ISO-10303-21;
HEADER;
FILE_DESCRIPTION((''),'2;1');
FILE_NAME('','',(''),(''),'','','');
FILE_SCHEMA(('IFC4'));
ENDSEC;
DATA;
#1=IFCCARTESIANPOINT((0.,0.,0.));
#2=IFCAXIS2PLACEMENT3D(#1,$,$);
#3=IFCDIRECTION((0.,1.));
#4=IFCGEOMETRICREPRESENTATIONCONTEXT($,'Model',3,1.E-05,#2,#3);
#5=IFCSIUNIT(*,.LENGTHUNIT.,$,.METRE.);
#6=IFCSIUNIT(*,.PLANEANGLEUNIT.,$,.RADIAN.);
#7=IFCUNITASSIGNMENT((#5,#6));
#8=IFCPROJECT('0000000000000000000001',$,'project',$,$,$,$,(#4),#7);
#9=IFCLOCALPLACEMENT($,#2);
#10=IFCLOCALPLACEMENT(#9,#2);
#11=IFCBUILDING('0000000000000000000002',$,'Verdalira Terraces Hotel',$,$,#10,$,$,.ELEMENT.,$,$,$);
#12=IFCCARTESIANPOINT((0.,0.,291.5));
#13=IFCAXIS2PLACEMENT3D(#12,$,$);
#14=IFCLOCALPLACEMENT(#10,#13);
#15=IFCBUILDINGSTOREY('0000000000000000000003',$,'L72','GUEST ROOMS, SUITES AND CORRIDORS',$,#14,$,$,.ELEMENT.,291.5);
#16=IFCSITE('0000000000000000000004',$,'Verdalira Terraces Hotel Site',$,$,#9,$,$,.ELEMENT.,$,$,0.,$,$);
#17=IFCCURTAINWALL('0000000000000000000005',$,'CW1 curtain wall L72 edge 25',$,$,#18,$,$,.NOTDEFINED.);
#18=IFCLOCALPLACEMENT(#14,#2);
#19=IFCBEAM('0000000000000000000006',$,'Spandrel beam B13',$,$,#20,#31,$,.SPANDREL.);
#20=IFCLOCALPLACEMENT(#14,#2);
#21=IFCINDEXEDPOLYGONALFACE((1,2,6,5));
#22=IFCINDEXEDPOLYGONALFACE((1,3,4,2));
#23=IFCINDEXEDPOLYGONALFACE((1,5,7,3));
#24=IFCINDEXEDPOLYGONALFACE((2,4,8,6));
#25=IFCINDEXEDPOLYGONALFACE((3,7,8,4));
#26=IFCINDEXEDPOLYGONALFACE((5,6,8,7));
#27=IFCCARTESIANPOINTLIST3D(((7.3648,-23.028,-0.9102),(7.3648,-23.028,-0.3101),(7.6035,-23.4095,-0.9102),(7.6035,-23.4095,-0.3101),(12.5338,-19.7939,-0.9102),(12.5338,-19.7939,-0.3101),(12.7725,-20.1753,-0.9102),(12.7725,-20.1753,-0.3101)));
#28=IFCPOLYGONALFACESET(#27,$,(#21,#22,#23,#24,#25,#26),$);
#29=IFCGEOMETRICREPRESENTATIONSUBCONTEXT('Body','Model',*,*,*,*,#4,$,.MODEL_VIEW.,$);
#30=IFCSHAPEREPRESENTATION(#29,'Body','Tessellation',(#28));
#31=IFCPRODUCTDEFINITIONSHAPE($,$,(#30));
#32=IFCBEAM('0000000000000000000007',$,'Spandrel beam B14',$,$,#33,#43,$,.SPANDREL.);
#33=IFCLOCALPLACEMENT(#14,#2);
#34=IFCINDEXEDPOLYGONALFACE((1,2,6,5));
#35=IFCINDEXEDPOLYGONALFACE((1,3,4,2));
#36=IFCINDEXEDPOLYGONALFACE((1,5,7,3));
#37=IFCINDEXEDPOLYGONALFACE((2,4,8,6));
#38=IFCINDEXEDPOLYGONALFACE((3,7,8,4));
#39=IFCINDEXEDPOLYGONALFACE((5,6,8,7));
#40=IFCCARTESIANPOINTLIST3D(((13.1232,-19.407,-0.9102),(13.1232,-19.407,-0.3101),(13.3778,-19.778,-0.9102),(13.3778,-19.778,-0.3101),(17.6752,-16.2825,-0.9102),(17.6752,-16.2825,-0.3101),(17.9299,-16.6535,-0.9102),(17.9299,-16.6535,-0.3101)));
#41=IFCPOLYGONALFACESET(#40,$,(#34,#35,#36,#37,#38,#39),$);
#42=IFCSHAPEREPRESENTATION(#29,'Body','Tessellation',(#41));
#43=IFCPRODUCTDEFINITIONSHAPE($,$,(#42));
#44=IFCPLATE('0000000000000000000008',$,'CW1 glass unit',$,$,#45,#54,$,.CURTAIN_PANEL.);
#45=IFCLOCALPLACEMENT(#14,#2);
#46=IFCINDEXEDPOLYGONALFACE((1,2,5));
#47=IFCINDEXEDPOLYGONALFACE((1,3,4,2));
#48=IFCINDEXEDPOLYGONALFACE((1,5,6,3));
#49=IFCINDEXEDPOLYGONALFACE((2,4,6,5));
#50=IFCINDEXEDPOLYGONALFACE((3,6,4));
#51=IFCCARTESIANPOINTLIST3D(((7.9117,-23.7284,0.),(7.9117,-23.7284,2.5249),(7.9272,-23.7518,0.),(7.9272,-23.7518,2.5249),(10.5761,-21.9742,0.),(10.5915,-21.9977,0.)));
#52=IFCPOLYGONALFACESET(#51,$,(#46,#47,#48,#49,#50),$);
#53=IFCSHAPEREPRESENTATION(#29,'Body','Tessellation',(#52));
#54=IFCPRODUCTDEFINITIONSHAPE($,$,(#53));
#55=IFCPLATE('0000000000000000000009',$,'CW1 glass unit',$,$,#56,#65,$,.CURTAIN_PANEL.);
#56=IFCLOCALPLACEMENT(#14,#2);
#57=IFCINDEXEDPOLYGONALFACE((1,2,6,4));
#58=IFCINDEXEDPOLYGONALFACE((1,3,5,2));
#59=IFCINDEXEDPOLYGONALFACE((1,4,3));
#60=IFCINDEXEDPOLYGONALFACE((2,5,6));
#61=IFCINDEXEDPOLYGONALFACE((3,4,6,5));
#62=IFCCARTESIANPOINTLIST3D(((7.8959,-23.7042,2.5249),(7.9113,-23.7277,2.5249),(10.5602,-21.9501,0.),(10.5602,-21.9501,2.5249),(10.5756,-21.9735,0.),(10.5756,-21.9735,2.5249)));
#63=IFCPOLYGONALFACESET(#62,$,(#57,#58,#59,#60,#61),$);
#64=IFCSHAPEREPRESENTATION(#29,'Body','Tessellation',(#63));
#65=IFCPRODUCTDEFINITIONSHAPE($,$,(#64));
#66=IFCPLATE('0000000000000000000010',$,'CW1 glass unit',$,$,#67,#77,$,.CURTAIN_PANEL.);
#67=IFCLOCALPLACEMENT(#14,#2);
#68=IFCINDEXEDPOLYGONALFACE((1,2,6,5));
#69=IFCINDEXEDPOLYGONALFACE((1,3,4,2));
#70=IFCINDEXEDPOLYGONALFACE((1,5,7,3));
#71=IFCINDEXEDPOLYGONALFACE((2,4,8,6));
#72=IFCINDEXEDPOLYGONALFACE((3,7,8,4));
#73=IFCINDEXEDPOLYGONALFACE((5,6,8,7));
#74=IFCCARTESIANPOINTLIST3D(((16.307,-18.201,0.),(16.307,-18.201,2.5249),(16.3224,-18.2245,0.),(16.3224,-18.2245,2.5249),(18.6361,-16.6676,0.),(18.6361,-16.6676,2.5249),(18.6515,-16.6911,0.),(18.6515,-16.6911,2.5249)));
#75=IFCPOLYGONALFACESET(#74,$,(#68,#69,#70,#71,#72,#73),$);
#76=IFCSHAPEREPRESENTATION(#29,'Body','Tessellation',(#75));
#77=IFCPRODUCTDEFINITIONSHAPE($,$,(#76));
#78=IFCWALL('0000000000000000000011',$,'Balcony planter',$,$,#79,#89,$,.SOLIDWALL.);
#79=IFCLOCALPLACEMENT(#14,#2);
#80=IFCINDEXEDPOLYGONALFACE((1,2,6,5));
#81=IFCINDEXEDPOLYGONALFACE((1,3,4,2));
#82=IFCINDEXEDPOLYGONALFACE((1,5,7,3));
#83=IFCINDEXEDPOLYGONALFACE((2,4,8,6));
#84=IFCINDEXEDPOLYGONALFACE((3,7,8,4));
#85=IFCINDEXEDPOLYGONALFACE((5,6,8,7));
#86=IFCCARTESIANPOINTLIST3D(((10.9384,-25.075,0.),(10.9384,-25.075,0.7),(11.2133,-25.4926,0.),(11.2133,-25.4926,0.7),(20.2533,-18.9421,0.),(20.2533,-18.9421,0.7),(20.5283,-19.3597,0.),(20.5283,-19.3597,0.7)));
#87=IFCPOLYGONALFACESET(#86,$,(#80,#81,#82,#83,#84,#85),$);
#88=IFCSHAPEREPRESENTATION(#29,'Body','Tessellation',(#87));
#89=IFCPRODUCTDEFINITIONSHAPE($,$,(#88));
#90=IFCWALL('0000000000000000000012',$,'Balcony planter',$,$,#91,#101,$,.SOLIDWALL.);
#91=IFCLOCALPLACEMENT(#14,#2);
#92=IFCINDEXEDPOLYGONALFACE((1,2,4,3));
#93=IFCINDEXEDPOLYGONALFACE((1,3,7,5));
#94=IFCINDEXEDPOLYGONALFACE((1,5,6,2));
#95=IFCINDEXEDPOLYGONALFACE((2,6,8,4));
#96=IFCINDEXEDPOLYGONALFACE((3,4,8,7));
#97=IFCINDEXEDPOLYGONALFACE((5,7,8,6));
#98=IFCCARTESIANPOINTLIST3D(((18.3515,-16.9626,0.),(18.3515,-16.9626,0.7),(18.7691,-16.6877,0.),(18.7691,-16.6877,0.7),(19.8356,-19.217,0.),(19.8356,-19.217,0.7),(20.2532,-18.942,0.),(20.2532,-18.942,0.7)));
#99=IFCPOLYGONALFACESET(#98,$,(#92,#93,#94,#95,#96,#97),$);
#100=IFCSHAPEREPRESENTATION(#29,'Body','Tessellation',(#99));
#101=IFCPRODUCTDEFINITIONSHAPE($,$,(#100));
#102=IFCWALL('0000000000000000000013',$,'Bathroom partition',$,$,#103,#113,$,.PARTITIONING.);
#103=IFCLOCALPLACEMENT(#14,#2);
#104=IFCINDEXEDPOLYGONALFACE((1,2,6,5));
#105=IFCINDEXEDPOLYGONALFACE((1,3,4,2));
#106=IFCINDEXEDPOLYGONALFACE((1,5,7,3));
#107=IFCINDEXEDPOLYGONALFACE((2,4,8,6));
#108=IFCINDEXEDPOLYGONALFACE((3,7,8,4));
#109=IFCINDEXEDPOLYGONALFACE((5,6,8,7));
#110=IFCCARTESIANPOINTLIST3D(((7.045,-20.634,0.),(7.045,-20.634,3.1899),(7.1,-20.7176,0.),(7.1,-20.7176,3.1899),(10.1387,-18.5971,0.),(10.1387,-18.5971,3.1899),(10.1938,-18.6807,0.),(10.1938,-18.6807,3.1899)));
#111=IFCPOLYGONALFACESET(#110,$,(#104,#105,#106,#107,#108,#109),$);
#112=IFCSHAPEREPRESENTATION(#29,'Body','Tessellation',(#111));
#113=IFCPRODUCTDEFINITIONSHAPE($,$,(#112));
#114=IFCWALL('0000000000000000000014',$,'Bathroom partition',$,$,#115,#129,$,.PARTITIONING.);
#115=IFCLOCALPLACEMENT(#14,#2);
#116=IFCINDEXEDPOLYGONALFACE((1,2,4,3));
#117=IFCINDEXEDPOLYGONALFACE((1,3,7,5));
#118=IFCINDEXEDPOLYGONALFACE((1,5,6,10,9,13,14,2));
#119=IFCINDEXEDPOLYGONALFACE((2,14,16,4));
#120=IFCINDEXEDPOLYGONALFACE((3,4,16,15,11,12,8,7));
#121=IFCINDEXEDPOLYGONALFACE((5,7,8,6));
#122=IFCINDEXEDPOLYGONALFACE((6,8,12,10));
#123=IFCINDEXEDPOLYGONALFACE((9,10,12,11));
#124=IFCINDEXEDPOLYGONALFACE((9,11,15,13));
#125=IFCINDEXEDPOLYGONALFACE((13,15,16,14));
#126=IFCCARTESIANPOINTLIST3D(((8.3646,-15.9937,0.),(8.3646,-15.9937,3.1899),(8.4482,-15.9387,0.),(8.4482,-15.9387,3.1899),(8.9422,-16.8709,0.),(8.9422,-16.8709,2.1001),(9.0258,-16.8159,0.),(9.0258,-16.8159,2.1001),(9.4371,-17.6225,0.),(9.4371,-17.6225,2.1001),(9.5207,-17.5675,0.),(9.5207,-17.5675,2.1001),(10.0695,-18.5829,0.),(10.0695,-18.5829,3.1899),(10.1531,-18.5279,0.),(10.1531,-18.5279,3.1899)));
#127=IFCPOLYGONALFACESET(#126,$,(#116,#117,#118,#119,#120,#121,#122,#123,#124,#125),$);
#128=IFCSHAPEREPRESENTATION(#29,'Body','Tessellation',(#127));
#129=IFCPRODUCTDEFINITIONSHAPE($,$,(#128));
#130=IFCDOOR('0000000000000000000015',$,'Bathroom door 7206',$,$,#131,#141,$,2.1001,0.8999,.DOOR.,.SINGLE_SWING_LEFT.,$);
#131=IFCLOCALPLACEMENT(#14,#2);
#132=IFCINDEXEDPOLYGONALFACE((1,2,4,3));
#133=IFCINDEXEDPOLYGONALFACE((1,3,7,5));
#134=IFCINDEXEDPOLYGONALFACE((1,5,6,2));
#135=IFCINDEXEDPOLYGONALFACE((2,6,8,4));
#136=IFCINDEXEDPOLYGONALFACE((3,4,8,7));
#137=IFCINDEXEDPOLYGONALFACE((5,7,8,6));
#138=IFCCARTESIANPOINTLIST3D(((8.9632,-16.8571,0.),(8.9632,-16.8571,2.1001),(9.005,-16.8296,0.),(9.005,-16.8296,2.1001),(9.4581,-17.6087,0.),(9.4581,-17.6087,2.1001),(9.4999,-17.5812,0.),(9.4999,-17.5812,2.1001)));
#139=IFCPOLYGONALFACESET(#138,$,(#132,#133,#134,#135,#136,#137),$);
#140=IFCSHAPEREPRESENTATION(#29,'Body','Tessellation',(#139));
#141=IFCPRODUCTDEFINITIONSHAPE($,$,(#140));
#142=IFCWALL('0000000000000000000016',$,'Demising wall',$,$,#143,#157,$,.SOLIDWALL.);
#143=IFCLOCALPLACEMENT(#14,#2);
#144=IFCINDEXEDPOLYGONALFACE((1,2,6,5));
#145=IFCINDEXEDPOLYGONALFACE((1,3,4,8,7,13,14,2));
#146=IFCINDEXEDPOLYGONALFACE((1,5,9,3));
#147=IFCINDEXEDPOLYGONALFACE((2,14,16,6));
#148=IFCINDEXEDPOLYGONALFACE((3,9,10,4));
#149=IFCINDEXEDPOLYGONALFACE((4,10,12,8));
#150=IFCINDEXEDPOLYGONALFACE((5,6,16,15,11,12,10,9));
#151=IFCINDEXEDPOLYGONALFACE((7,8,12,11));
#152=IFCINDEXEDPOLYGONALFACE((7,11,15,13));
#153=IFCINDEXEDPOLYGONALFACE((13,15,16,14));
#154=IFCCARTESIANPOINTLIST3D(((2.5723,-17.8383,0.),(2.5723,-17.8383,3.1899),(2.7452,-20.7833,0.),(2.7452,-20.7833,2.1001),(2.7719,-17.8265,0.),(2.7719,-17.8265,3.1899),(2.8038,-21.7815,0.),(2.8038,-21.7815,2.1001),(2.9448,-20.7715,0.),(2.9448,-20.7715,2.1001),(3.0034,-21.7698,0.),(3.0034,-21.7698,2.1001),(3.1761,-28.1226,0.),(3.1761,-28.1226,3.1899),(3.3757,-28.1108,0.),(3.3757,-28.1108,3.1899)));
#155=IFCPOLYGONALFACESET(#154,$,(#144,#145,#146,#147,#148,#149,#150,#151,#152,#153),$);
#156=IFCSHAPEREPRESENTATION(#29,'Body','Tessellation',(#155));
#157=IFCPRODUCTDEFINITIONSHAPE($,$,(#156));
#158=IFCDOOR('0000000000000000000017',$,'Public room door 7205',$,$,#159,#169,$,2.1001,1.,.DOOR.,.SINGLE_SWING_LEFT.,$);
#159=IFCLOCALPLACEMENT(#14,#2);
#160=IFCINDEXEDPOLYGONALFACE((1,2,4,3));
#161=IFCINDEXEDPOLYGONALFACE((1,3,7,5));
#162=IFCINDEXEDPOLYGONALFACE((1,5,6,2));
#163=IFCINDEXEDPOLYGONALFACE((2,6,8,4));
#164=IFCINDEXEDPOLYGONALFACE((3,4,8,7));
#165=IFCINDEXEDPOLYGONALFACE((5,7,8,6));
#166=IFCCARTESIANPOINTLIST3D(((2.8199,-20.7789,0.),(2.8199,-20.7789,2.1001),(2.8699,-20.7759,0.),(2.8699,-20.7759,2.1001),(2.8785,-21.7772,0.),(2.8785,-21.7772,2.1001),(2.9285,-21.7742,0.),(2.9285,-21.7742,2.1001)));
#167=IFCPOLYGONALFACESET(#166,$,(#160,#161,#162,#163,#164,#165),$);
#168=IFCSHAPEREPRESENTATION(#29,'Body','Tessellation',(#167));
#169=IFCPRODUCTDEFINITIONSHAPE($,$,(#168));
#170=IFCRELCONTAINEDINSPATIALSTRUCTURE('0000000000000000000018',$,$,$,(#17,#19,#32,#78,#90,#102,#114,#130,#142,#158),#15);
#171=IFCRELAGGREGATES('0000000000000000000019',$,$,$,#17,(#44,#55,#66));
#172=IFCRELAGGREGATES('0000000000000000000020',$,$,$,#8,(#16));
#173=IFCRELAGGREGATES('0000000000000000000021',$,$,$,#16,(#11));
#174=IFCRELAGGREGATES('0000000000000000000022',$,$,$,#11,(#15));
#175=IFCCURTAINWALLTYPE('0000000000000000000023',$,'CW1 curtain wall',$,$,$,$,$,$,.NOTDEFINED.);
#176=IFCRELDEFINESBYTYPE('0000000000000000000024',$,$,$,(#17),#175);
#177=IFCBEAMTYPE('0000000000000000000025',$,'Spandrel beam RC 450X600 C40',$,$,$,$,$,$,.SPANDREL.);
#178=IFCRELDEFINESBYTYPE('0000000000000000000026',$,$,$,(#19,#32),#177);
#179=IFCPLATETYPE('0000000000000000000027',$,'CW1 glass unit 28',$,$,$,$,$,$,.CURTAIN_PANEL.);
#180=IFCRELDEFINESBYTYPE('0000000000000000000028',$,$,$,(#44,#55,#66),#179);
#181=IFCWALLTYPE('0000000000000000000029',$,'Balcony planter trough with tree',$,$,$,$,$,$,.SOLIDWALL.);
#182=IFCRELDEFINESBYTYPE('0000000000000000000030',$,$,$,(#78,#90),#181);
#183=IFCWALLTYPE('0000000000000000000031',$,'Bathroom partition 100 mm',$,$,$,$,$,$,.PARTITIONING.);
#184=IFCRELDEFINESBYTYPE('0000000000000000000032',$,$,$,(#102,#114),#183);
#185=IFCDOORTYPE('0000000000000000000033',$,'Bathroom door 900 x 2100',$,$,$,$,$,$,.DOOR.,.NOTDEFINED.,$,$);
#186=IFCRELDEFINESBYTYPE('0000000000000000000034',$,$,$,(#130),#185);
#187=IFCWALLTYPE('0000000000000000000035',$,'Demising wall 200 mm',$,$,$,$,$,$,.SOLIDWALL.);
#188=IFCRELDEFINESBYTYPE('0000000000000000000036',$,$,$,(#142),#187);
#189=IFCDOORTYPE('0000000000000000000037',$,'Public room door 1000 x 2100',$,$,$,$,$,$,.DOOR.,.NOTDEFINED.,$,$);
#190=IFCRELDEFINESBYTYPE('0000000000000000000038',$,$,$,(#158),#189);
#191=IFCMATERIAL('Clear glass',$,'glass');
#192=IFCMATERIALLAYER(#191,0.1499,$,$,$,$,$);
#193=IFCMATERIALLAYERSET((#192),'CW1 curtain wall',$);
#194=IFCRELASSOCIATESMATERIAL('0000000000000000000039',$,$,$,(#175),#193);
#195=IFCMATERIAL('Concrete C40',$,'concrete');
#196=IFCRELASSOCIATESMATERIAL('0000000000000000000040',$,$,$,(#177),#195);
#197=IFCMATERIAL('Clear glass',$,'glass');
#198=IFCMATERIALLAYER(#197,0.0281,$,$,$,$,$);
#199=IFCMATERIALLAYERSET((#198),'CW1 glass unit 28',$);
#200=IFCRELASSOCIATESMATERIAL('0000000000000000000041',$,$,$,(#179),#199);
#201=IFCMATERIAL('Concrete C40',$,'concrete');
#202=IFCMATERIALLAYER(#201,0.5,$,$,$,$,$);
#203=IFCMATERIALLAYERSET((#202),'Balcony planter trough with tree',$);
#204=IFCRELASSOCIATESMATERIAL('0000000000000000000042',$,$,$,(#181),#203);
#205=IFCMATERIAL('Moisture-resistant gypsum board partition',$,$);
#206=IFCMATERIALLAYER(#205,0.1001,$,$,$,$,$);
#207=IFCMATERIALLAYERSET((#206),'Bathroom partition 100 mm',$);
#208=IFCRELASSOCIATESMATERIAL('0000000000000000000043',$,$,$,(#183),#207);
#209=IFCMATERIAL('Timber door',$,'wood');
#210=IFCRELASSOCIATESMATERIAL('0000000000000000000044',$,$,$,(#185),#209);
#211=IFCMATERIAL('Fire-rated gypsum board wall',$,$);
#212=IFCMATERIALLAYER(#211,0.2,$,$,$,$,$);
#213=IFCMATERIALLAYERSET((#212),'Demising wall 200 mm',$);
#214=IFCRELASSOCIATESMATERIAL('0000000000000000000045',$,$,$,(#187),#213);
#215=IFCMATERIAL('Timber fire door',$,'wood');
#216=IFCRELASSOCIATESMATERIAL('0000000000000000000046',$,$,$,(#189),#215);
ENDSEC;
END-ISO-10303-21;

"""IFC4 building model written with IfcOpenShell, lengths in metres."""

from ifc_helpers import new_model, si_unit, direction, frame, frame_2d, origin, origin_2d, place, context, subcontext, project, spatial, polyline, rectangle, outline, extrude, material, layer, layer_set, material_profile, profile_set, type_object, element, fill, aggregate, save


model = new_model("IFC4")

# Units and contexts
model_context = context("Model", 3, precision=1e-05, world=origin(), true_north=direction((0.0, 1.0)))
body_context = subcontext(model_context, "Body", "Model", "MODEL_VIEW")
ifc_project = project(units=[si_unit("LENGTHUNIT", "METRE"), si_unit("PLANEANGLEUNIT", "RADIAN")], contexts=[model_context])

# Site, building, storey
site_placement = place(None, origin())
site = spatial("IfcSite", under=ifc_project, at=site_placement, Name="Verdalira Terraces Hotel Site", CompositionType="ELEMENT", RefElevation=0.0)
building_placement = place(site_placement, origin())
building = spatial("IfcBuilding", under=site, at=building_placement, Name="Verdalira Terraces Hotel", CompositionType="ELEMENT")
storey_placement = place(building_placement, frame((0.0, 0.0, 291.5)))
storey = spatial("IfcBuildingStorey", under=building, at=storey_placement, Name="L72", Description="GUEST ROOMS, SUITES AND CORRIDORS", CompositionType="ELEMENT", Elevation=291.5)

# Curtain wall
ifc_material_1 = material(Name="Clear glass", Category="glass")
ifc_layer_1 = layer(ifc_material_1, 0.1499)
ifc_layer_set_1 = layer_set([ifc_layer_1], Name="CW1 curtain wall")
curtain_wall_type_1 = type_object("IfcCurtainWallType", Name="CW1 curtain wall", PredefinedType="NOTDEFINED", material=ifc_layer_set_1)
curtain_wall_1_placement = place(storey_placement, origin())
curtain_wall_1 = element("IfcCurtainWall", 1, at=curtain_wall_1_placement, inside=storey, type_object=curtain_wall_type_1, Name="CW1 curtain wall L72 edge 25", PredefinedType="NOTDEFINED")

# Beams
ifc_material_2 = material(Name="Concrete C40", Category="concrete")
ifc_material_profile_1 = material_profile(ifc_material_2, rectangle(XDim=0.45, YDim=0.6001, at=origin_2d()), Name="RC 450X600")
ifc_profile_set_1 = profile_set([ifc_material_profile_1], Name="Concrete C40")
beam_type_1 = type_object("IfcBeamType", Name="Spandrel beam RC 450X600 C40", PredefinedType="SPANDREL", material=ifc_profile_set_1)
beam_1_placement = place(storey_placement, frame((7.4841, -23.2188, -0.6101), z_axis=(0.847737, 0.530416, 0.0), x_axis=(-0.530416, 0.847737, 0.0)))
element("IfcBeam", 2, at=beam_1_placement, inside=storey, type_object=beam_type_1, Name="Spandrel beam B13", PredefinedType="SPANDREL", context=body_context, shape_type="SweptSolid", body=[
    extrude(rectangle(XDim=0.45, YDim=0.6001, at=origin_2d()), origin(), (0.0, 0.0, 1.0), 6.0974),
])
beam_2_placement = place(storey_placement, frame((13.2505, -19.5925, -0.6101), z_axis=(0.824464, 0.565915, 0.0), x_axis=(-0.565915, 0.824464, 0.0)))
element("IfcBeam", 3, at=beam_2_placement, inside=storey, type_object=beam_type_1, Name="Spandrel beam B14", PredefinedType="SPANDREL", context=body_context, shape_type="SweptSolid", body=[
    extrude(rectangle(XDim=0.45, YDim=0.6001, at=origin_2d()), origin(), (0.0, 0.0, 1.0), 5.5212),
])

# Plates
ifc_material_3 = material(Name="Clear glass", Category="glass")
ifc_layer_2 = layer(ifc_material_3, 0.0281)
ifc_layer_set_2 = layer_set([ifc_layer_2], Name="CW1 glass unit 28")
plate_type = type_object("IfcPlateType", Name="CW1 glass unit 28", PredefinedType="CURTAIN_PANEL", material=ifc_layer_set_2)
plate_1_placement = place(storey_placement, frame((9.2439, -22.8513, 1.2625), z_axis=(0.549898, -0.835232, 0.0), x_axis=(0.835232, 0.549898, 0.0)))
plate_1 = element("IfcPlate", 4, at=plate_1_placement, type_object=plate_type, Name="CW1 glass unit", PredefinedType="CURTAIN_PANEL", context=body_context, shape_type="SweptSolid", body=[
    extrude(outline(polyline([(-1.595, -1.2625), (1.595, -1.2625), (-1.595, 1.2625), (-1.595, -1.2625)])), origin(), (0.0, 0.0, 1.0), 0.0281),
])
plate_2_placement = place(storey_placement, frame((9.228, -22.8271, 1.2625), z_axis=(0.549898, -0.835232, 0.0), x_axis=(0.835232, 0.549898, 0.0)))
plate_2 = element("IfcPlate", 5, at=plate_2_placement, type_object=plate_type, Name="CW1 glass unit", PredefinedType="CURTAIN_PANEL", context=body_context, shape_type="SweptSolid", body=[
    extrude(outline(polyline([(1.595, -1.2625), (1.595, 1.2625), (-1.595, 1.2625), (1.595, -1.2625)])), origin(), (0.0, 0.0, 1.0), 0.0281),
])
plate_3_placement = place(storey_placement, frame((17.4792, -17.446, 0.0), z_axis=(0.0, 0.0, 1.0), x_axis=(0.835232, 0.549898, 0.0)))
plate_3 = element("IfcPlate", 6, at=plate_3_placement, type_object=plate_type, Name="CW1 glass unit", PredefinedType="CURTAIN_PANEL", context=body_context, shape_type="SweptSolid", body=[
    extrude(rectangle(XDim=2.7886, YDim=0.0281, at=origin_2d()), origin(), (0.0, 0.0, 1.0), 2.5249),
])
aggregate(curtain_wall_1, [plate_1, plate_2, plate_3])

# Walls
ifc_material_4 = material(Name="Concrete C40", Category="concrete")
ifc_layer_3 = layer(ifc_material_4, 0.5)
ifc_layer_set_3 = layer_set([ifc_layer_3], Name="Balcony planter trough with tree")
wall_type_1 = type_object("IfcWallType", Name="Balcony planter trough with tree", PredefinedType="SOLIDWALL", material=ifc_layer_set_3)
wall_1_placement = place(storey_placement, frame((11.0759, -25.2837, 0.0), z_axis=(0.0, 0.0, 1.0), x_axis=(0.835229, 0.549902, 0.0)))
element("IfcWall", 7, at=wall_1_placement, inside=storey, type_object=wall_type_1, Name="Balcony planter", PredefinedType="SOLIDWALL", context=body_context, shape_type="SweptSolid", body=[
    extrude(rectangle(XDim=11.1526, YDim=0.5, at=frame_2d((5.5762, 0.0))), origin(), (0.0, 0.0, 1.0), 0.7),
])
wall_2_placement = place(storey_placement, frame((20.0444, -19.0796, 0.0), z_axis=(0.0, 0.0, 1.0), x_axis=(-0.549869, 0.835251, 0.0)))
element("IfcWall", 8, at=wall_2_placement, inside=storey, type_object=wall_type_1, Name="Balcony planter", PredefinedType="SOLIDWALL", context=body_context, shape_type="SweptSolid", body=[
    extrude(rectangle(XDim=2.699, YDim=0.5, at=frame_2d((1.3496, 0.0))), origin(), (0.0, 0.0, 1.0), 0.7),
])
ifc_material_5 = material(Name="Moisture-resistant gypsum board partition")
ifc_layer_4 = layer(ifc_material_5, 0.1001)
ifc_layer_set_4 = layer_set([ifc_layer_4], Name="Bathroom partition 100 mm")
wall_type_2 = type_object("IfcWallType", Name="Bathroom partition 100 mm", PredefinedType="PARTITIONING", material=ifc_layer_set_4)
wall_3_placement = place(storey_placement, frame((10.1663, -18.6389, 0.0), z_axis=(0.0, 0.0, 1.0), x_axis=(-0.835231, -0.5499, 0.0)))
element("IfcWall", 9, at=wall_3_placement, inside=storey, type_object=wall_type_2, Name="Bathroom partition", PredefinedType="PARTITIONING", context=body_context, shape_type="SweptSolid", body=[
    extrude(rectangle(XDim=3.7041, YDim=0.1001, at=frame_2d((1.8521, 0.0))), origin(), (0.0, 0.0, 1.0), 3.1899),
])

# Walls, openings, doors
wall_4_placement = place(storey_placement, frame((10.1113, -18.5554, 0.0), z_axis=(0.0, 0.0, 1.0), x_axis=(-0.549948, 0.835199, 0.0)))
wall_4 = element("IfcWall", 10, at=wall_4_placement, inside=storey, type_object=wall_type_2, Name="Bathroom partition", PredefinedType="PARTITIONING", context=body_context, shape_type="SweptSolid", body=[
    extrude(rectangle(XDim=3.1001, YDim=0.1001, at=frame_2d((1.55, 0.0))), origin(), (0.0, 0.0, 1.0), 3.1899),
])
opening_1_placement = place(wall_4_placement, frame((1.1499, 0.0, 0.0)))
opening_1 = element("IfcOpeningElement", 11, at=opening_1_placement, cuts=wall_4, PredefinedType="OPENING", context=body_context, shape_type="SweptSolid", body=[
    extrude(rectangle(XDim=0.8999, YDim=2.1001, at=frame_2d((0.45, 1.05))), frame((0.0, 0.0601, 0.0), z_axis=(0.0, -1.0, 0.0), x_axis=(1.0, 0.0, 0.0)), (0.0, 0.0, 1.0), 0.1201),
])
ifc_material_6 = material(Name="Timber door", Category="wood")
door_type_1 = type_object("IfcDoorType", Name="Bathroom door 900 x 2100", OperationType="NOTDEFINED", PredefinedType="DOOR", material=ifc_material_6)
door_1_placement = place(opening_1_placement, origin())
door_1 = element("IfcDoor", 12, at=door_1_placement, inside=storey, type_object=door_type_1, Name="Bathroom door 7206", OperationType="SINGLE_SWING_LEFT", OverallHeight=2.1001, OverallWidth=0.8999, PredefinedType="DOOR", context=body_context, shape_type="SweptSolid", body=[
    extrude(rectangle(XDim=0.8999, YDim=2.1001, at=frame_2d((0.45, 1.05))), frame((0.0, 0.0249, 0.0), z_axis=(0.0, -1.0, 0.0), x_axis=(1.0, 0.0, 0.0)), (0.0, 0.0, 1.0), 0.05),
])
fill(opening_1, door_1)
ifc_material_7 = material(Name="Fire-rated gypsum board wall")
ifc_layer_5 = layer(ifc_material_7, 0.2)
ifc_layer_set_5 = layer_set([ifc_layer_5], Name="Demising wall 200 mm")
wall_type_3 = type_object("IfcWallType", Name="Demising wall 200 mm", PredefinedType="SOLIDWALL", material=ifc_layer_set_5)
wall_5_placement = place(storey_placement, frame((2.6721, -17.8325, 0.0), z_axis=(0.0, 0.0, 1.0), x_axis=(0.058607, -0.998281, 0.0)))
wall_5 = element("IfcWall", 13, at=wall_5_placement, inside=storey, type_object=wall_type_3, Name="Demising wall", PredefinedType="SOLIDWALL", context=body_context, shape_type="SweptSolid", body=[
    extrude(rectangle(XDim=10.302, YDim=0.2, at=frame_2d((5.1509, 0.0))), origin(), (0.0, 0.0, 1.0), 3.1899),
])
opening_2_placement = place(wall_5_placement, frame((2.95, 0.0, 0.0)))
opening_2 = element("IfcOpeningElement", 14, at=opening_2_placement, cuts=wall_5, PredefinedType="OPENING", context=body_context, shape_type="SweptSolid", body=[
    extrude(rectangle(XDim=1.0, YDim=2.1001, at=frame_2d((0.5, 1.05))), frame((0.0, 0.1099, 0.0), z_axis=(0.0, -1.0, 0.0), x_axis=(1.0, 0.0, 0.0)), (0.0, 0.0, 1.0), 0.22),
])
ifc_material_8 = material(Name="Timber fire door", Category="wood")
door_type_2 = type_object("IfcDoorType", Name="Public room door 1000 x 2100", OperationType="NOTDEFINED", PredefinedType="DOOR", material=ifc_material_8)
door_2_placement = place(opening_2_placement, origin())
door_2 = element("IfcDoor", 15, at=door_2_placement, inside=storey, type_object=door_type_2, Name="Public room door 7205", OperationType="SINGLE_SWING_LEFT", OverallHeight=2.1001, OverallWidth=1.0, PredefinedType="DOOR", context=body_context, shape_type="SweptSolid", body=[
    extrude(rectangle(XDim=1.0, YDim=2.1001, at=frame_2d((0.5, 1.05))), frame((0.0, 0.0249, 0.0), z_axis=(0.0, -1.0, 0.0), x_axis=(1.0, 0.0, 0.0)), (0.0, 0.0, 1.0), 0.05),
])
fill(opening_2, door_2)

save(model, "model.ifc")
